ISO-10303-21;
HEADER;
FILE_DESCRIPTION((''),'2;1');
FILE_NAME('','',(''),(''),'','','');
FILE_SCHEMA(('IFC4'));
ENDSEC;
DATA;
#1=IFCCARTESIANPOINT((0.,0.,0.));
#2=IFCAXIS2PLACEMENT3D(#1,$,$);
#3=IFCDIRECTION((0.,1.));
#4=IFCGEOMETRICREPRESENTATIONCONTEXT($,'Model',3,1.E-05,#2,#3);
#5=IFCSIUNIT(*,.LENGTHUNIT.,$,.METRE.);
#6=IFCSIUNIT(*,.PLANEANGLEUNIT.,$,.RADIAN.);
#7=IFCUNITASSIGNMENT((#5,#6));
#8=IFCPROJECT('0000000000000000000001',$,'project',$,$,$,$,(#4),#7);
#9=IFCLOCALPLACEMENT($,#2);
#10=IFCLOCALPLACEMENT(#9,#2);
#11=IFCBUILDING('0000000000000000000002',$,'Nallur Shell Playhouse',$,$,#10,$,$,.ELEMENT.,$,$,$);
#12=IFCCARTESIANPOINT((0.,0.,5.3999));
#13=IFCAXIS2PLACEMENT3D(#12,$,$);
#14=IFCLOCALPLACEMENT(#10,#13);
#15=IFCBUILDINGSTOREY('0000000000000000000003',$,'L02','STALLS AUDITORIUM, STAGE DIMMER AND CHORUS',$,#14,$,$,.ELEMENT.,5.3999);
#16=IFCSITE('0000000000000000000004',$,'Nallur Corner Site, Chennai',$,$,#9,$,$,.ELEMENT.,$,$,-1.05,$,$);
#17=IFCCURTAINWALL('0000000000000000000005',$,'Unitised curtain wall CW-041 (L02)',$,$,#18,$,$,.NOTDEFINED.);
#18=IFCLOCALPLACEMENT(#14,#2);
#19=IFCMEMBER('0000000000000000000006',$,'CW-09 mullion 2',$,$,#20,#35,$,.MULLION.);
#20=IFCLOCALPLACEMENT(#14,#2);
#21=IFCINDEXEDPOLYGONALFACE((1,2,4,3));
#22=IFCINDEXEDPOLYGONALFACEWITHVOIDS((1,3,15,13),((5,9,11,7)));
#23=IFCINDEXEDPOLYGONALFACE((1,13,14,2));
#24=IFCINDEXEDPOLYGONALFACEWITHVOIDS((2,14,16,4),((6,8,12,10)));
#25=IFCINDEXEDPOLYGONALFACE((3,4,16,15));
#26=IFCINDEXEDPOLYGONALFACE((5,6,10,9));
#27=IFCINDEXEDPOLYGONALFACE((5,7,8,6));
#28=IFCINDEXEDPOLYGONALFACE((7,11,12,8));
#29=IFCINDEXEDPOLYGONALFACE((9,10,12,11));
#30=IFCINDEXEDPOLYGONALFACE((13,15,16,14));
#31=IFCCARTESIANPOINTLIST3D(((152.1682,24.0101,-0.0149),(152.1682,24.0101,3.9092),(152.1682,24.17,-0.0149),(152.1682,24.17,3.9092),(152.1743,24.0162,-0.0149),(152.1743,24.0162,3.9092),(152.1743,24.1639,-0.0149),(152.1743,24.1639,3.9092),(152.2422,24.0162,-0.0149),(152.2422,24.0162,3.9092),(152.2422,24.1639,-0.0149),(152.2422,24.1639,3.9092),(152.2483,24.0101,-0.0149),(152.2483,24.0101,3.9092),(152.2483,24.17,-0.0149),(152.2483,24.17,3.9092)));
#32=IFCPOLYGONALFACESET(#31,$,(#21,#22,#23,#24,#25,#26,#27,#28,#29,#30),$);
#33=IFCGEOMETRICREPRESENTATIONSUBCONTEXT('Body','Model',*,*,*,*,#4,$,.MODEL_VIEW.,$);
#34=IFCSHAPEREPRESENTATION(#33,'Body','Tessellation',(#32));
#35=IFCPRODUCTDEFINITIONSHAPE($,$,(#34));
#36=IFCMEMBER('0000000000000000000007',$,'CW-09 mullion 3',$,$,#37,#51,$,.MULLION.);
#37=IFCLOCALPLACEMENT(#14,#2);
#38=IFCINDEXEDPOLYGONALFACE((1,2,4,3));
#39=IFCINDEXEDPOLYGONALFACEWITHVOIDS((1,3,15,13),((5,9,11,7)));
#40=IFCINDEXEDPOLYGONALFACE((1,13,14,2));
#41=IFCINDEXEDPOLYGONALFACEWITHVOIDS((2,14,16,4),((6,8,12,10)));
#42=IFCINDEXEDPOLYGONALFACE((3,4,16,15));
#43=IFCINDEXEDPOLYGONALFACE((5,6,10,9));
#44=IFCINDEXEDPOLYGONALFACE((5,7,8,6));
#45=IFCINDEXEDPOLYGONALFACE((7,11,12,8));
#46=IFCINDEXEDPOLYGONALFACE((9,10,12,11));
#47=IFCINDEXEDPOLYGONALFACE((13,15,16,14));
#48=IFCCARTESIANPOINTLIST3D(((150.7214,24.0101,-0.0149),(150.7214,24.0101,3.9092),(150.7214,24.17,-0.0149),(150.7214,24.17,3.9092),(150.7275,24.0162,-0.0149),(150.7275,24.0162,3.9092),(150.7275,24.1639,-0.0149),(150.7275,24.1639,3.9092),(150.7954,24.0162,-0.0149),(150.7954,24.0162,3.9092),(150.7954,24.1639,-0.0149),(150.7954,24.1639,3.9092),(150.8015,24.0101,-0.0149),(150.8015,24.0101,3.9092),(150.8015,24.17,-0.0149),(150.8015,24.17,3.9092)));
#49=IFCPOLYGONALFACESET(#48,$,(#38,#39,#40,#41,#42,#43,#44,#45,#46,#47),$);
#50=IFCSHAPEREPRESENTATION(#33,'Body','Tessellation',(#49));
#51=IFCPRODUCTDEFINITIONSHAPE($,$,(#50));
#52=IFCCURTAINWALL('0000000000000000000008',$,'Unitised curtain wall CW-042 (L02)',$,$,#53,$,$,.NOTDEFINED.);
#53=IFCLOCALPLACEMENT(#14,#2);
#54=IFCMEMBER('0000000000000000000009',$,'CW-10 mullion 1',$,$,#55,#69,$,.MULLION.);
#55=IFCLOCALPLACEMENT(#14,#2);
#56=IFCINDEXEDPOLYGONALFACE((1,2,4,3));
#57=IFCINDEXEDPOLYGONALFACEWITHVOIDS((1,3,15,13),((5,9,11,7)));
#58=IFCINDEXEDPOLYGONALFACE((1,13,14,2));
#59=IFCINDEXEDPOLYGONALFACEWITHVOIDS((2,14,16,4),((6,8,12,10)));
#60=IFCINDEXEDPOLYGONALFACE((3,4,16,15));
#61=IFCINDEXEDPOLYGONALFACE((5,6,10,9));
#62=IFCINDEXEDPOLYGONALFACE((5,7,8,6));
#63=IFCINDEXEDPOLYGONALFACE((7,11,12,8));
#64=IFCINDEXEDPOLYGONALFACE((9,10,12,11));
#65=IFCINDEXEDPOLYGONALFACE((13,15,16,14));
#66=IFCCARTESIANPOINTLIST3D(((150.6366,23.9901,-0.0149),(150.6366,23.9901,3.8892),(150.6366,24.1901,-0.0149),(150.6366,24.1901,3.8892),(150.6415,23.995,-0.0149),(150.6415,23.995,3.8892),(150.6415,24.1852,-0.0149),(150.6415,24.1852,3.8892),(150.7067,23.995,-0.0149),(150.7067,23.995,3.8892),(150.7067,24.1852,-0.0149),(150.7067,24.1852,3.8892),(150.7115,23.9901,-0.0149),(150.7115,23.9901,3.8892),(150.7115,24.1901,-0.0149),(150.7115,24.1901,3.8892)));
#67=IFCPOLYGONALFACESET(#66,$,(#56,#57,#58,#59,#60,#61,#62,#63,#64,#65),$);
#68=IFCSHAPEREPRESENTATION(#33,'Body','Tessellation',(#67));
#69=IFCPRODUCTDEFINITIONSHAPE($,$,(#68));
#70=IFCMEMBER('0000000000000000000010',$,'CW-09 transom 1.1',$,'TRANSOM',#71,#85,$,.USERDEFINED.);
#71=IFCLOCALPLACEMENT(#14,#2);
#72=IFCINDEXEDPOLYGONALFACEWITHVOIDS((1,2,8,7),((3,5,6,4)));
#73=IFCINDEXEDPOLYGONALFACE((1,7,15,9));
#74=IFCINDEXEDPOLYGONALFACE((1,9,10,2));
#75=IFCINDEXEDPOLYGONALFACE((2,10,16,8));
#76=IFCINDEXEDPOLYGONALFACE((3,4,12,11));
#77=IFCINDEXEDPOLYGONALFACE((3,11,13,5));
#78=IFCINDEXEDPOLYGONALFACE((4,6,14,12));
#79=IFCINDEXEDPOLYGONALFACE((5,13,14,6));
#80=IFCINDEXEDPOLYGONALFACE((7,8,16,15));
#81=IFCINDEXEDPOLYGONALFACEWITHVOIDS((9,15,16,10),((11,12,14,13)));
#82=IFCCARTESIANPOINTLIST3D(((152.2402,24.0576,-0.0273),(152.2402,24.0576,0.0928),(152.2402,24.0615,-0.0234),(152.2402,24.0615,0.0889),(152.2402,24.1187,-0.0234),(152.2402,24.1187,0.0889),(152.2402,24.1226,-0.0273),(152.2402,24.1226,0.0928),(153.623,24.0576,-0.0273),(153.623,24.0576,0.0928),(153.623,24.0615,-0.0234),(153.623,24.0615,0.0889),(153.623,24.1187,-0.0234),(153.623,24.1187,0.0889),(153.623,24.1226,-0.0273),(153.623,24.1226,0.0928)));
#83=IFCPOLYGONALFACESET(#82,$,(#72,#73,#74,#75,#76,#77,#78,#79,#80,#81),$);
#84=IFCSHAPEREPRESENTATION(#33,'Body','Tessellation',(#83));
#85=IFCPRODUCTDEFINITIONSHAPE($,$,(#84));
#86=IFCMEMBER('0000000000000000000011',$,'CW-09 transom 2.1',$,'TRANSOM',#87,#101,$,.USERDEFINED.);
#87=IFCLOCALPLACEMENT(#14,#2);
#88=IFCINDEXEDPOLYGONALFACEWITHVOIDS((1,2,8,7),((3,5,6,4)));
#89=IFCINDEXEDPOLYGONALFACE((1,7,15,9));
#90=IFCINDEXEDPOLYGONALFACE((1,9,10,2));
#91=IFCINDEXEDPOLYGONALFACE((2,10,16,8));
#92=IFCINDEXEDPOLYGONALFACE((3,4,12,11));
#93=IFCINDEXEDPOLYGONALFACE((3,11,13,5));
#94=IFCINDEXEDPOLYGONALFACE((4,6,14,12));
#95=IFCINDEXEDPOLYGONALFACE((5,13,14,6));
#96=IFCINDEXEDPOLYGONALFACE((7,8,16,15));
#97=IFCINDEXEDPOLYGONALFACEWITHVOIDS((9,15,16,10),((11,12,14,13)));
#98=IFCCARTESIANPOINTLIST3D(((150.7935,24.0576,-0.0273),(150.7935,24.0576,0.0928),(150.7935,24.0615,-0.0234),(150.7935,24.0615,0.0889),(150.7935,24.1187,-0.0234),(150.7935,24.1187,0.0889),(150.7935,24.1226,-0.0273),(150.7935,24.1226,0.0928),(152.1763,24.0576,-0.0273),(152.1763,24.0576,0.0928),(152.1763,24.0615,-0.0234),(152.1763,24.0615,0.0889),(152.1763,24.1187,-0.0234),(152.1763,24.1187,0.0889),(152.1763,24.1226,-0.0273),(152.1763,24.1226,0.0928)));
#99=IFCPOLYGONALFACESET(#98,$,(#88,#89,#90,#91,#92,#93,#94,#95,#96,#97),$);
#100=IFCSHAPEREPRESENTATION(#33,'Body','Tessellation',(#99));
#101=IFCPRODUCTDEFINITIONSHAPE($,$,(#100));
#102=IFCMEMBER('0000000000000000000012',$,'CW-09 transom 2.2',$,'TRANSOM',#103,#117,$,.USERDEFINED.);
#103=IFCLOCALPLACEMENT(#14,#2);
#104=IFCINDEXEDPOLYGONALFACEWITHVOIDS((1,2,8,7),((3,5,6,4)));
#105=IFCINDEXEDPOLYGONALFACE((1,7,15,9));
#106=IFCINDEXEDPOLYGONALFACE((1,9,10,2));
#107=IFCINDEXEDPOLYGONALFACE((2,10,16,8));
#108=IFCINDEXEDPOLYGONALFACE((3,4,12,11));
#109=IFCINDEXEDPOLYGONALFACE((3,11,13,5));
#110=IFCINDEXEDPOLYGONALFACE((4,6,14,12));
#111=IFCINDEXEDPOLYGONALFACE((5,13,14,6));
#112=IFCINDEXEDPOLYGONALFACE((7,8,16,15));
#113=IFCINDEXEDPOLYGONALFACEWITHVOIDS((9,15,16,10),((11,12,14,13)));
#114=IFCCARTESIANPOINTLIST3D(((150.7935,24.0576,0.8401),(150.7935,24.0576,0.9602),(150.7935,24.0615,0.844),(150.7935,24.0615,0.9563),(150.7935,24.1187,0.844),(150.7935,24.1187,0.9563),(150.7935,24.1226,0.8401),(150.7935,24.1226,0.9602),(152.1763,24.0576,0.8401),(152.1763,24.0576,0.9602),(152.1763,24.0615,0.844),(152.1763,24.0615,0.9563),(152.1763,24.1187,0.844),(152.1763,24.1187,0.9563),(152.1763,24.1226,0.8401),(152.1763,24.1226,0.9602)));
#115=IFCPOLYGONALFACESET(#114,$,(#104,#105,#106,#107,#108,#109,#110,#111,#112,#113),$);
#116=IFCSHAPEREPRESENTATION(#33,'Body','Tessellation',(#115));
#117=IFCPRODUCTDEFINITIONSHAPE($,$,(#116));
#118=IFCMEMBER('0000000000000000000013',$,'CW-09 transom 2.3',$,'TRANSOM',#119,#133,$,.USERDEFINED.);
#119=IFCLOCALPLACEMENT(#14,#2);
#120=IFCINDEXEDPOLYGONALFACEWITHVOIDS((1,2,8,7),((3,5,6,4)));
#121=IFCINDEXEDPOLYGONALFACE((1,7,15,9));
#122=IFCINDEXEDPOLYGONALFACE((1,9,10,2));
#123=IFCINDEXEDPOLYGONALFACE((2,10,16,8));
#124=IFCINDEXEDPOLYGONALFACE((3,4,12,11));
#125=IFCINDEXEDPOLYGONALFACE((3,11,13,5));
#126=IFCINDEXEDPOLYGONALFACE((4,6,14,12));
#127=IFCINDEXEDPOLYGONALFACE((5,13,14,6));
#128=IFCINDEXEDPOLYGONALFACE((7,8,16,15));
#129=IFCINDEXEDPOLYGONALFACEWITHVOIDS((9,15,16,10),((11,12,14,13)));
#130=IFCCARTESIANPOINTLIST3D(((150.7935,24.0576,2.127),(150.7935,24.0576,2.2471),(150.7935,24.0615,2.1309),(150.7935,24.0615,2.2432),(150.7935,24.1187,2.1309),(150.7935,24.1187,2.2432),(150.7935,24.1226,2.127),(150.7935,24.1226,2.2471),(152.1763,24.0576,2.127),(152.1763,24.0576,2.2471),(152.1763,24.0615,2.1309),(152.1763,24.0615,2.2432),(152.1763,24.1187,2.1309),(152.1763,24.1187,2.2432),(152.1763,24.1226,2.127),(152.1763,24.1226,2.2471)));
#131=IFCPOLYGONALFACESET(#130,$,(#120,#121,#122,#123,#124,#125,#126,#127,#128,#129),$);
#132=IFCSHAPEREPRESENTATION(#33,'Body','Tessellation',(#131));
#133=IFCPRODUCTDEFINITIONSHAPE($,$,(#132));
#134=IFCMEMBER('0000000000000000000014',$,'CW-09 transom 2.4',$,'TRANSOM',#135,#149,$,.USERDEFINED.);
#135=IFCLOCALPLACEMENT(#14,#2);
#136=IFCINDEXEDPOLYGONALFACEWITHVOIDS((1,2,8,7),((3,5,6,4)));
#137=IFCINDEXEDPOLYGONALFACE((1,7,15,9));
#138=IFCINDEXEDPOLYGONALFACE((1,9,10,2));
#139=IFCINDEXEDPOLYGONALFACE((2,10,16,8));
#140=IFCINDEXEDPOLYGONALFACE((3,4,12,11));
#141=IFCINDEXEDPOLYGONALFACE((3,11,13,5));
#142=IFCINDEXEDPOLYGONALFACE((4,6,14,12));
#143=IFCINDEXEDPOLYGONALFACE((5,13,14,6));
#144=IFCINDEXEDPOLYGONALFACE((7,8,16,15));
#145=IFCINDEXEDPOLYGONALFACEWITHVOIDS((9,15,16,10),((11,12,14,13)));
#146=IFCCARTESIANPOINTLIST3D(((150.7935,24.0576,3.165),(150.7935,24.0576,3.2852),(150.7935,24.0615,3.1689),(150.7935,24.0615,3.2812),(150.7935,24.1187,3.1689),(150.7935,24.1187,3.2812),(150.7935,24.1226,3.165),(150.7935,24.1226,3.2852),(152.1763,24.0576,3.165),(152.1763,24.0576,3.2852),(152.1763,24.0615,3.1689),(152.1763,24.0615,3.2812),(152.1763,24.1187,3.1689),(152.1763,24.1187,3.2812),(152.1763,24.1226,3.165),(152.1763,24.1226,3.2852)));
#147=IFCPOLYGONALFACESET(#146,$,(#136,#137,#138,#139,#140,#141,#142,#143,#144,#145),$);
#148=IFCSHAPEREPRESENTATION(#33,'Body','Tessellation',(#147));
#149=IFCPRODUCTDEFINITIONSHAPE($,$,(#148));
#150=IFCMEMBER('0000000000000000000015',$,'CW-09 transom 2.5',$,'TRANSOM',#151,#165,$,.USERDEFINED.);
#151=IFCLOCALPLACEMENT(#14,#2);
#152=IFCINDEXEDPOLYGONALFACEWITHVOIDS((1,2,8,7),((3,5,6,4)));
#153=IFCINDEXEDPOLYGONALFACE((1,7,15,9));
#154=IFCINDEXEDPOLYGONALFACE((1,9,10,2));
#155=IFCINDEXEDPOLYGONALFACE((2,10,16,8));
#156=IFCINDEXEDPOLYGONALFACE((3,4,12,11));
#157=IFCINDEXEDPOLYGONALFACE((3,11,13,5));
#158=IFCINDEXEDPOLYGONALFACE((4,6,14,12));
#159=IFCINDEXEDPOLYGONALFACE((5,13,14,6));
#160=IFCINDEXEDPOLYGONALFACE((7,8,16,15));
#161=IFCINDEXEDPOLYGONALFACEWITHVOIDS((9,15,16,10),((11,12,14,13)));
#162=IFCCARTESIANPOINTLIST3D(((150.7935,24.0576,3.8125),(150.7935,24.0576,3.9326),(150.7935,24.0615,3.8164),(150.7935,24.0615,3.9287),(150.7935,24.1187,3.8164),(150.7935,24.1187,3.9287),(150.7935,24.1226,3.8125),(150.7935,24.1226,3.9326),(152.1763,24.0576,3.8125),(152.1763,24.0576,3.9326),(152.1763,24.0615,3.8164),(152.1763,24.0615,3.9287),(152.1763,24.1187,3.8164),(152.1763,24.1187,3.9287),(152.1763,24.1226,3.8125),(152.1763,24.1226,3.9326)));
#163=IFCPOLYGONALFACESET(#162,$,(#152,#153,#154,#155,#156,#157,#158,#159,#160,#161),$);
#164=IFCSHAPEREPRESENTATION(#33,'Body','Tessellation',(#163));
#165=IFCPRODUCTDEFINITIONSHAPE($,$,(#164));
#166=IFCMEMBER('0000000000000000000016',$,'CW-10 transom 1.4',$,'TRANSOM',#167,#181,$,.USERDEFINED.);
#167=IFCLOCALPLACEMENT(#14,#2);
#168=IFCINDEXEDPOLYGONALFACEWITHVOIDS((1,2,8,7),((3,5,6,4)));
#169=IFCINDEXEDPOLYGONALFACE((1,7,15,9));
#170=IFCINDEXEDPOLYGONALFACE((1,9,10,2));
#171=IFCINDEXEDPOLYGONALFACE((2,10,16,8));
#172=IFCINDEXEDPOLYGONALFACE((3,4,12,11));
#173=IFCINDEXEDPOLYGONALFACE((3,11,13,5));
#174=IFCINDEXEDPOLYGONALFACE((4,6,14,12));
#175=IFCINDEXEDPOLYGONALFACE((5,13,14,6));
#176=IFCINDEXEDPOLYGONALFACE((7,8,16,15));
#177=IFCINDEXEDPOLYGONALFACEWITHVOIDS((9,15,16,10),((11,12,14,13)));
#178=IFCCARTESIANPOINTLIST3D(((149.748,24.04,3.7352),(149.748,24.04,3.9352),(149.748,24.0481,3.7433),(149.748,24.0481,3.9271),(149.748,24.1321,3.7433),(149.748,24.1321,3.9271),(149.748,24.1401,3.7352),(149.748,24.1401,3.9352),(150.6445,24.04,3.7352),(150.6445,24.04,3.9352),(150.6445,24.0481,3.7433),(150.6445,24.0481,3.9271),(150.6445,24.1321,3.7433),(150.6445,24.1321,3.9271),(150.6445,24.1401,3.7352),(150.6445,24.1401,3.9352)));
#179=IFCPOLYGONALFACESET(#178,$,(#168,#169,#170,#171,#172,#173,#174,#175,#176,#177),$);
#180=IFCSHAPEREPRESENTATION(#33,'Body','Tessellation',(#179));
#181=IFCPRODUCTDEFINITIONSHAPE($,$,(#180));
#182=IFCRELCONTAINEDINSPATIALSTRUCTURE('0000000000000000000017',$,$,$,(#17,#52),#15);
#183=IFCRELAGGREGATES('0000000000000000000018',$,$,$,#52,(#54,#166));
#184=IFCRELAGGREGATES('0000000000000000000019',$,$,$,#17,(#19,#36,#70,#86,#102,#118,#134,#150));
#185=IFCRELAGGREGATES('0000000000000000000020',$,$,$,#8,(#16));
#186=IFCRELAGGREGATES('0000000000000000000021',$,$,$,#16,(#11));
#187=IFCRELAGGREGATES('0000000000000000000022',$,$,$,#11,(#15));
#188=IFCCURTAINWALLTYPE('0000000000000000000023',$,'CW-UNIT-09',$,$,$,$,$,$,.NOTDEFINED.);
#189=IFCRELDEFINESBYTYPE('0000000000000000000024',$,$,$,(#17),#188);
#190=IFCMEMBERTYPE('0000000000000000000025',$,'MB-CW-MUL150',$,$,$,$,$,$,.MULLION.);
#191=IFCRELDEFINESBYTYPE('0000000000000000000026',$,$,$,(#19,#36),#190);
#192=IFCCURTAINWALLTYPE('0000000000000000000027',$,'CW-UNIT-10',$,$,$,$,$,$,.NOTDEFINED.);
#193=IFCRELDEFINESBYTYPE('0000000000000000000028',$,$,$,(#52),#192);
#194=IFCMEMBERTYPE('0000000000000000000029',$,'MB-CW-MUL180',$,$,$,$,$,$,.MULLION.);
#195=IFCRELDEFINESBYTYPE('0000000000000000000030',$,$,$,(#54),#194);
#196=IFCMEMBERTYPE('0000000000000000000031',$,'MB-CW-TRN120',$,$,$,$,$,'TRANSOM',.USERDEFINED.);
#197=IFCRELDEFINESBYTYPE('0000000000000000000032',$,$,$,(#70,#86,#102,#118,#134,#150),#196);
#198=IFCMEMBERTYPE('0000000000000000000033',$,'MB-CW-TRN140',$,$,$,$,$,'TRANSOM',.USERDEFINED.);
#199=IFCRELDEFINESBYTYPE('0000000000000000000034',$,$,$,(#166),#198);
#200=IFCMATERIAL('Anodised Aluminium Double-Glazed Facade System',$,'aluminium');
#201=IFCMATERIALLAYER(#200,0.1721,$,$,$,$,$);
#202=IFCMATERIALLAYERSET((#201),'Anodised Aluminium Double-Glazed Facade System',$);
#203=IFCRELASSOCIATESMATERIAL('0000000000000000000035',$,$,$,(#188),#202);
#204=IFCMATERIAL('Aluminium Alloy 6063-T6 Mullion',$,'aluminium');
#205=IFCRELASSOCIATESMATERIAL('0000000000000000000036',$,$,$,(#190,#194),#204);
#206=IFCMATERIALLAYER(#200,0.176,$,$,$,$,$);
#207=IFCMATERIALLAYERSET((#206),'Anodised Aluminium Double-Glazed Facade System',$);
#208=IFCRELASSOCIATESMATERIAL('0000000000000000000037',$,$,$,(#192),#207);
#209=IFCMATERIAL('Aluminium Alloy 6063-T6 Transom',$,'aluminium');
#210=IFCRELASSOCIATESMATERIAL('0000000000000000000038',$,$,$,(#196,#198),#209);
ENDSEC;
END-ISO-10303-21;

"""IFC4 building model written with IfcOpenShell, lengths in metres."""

from ifc_helpers import new_model, si_unit, direction, frame, origin, origin_2d, place, context, subcontext, project, spatial, hollow_rectangle, extrude, material, layer, layer_set, material_profile, profile_set, type_object, element, aggregate, save


model = new_model("IFC4")

# Units and contexts
model_context = context("Model", 3, precision=1e-05, world=origin(), true_north=direction((0.0, 1.0)))
body_context = subcontext(model_context, "Body", "Model", "MODEL_VIEW")
ifc_project = project(units=[si_unit("LENGTHUNIT", "METRE"), si_unit("PLANEANGLEUNIT", "RADIAN")], contexts=[model_context])

# Site, building, storey
site_placement = place(None, origin())
site = spatial("IfcSite", under=ifc_project, at=site_placement, Name="Nallur Corner Site, Chennai", CompositionType="ELEMENT", RefElevation=-1.05)
building_placement = place(site_placement, origin())
building = spatial("IfcBuilding", under=site, at=building_placement, Name="Nallur Shell Playhouse", CompositionType="ELEMENT")
storey_placement = place(building_placement, frame((0.0, 0.0, 5.3999)))
storey = spatial("IfcBuildingStorey", under=building, at=storey_placement, Name="L02", Description="STALLS AUDITORIUM, STAGE DIMMER AND CHORUS", CompositionType="ELEMENT", Elevation=5.3999)

# Curtain wall, members
ifc_material_1 = material(Name="Anodised Aluminium Double-Glazed Facade System", Category="aluminium")
ifc_layer_1 = layer(ifc_material_1, 0.1721)
ifc_layer_set_1 = layer_set([ifc_layer_1], Name="Anodised Aluminium Double-Glazed Facade System")
curtain_wall_type_1 = type_object("IfcCurtainWallType", Name="CW-UNIT-09", PredefinedType="NOTDEFINED", material=ifc_layer_set_1)
curtain_wall_1_placement = place(storey_placement, origin())
curtain_wall_1 = element("IfcCurtainWall", 1, at=curtain_wall_1_placement, inside=storey, type_object=curtain_wall_type_1, Name="Unitised curtain wall CW-041 (L02)", PredefinedType="NOTDEFINED")
ifc_material_2 = material(Name="Aluminium Alloy 6063-T6 Mullion", Category="aluminium")
ifc_material_profile_1 = material_profile(ifc_material_2, hollow_rectangle(XDim=0.0801, YDim=0.1599, WallThickness=0.0061, at=origin_2d()), Name="RHS 160x80x6")
ifc_profile_set_1 = profile_set([ifc_material_profile_1], Name="Aluminium Alloy 6063-T6 Mullion")
member_type_1 = type_object("IfcMemberType", Name="MB-CW-MUL150", PredefinedType="MULLION", material=ifc_profile_set_1)
member_1_placement = place(storey_placement, frame((152.2083, 24.0901, -0.0149), z_axis=(0.0, 0.0, 1.0), x_axis=(-1.0, 0.0, 0.0)))
member_1 = element("IfcMember", 2, at=member_1_placement, type_object=member_type_1, Name="CW-09 mullion 2", PredefinedType="MULLION", context=body_context, shape_type="SweptSolid", body=[
    extrude(hollow_rectangle(XDim=0.0801, YDim=0.1599, WallThickness=0.0061, at=origin_2d()), origin(), (0.0, 0.0, 1.0), 3.9241),
])
member_2_placement = place(storey_placement, frame((150.7615, 24.0901, -0.0149), z_axis=(0.0, 0.0, 1.0), x_axis=(-1.0, 0.0, 0.0)))
member_2 = element("IfcMember", 3, at=member_2_placement, type_object=member_type_1, Name="CW-09 mullion 3", PredefinedType="MULLION", context=body_context, shape_type="SweptSolid", body=[
    extrude(hollow_rectangle(XDim=0.0801, YDim=0.1599, WallThickness=0.0061, at=origin_2d()), origin(), (0.0, 0.0, 1.0), 3.9241),
])

# Curtain wall, member
ifc_layer_2 = layer(ifc_material_1, 0.176)
ifc_layer_set_2 = layer_set([ifc_layer_2], Name="Anodised Aluminium Double-Glazed Facade System")
curtain_wall_type_2 = type_object("IfcCurtainWallType", Name="CW-UNIT-10", PredefinedType="NOTDEFINED", material=ifc_layer_set_2)
curtain_wall_2_placement = place(storey_placement, origin())
curtain_wall_2 = element("IfcCurtainWall", 4, at=curtain_wall_2_placement, inside=storey, type_object=curtain_wall_type_2, Name="Unitised curtain wall CW-042 (L02)", PredefinedType="NOTDEFINED")
ifc_material_profile_2 = material_profile(ifc_material_2, hollow_rectangle(XDim=0.075, YDim=0.2, WallThickness=0.0049, at=origin_2d()), Name="ALU 75x200x5")
ifc_profile_set_2 = profile_set([ifc_material_profile_2], Name="Aluminium Alloy 6063-T6 Mullion")
member_type_2 = type_object("IfcMemberType", Name="MB-CW-MUL180", PredefinedType="MULLION", material=ifc_profile_set_2)
member_3_placement = place(storey_placement, frame((150.6741, 24.0901, -0.0149), z_axis=(0.0, 0.0, 1.0), x_axis=(-1.0, 0.0, 0.0)))
member_3 = element("IfcMember", 5, at=member_3_placement, type_object=member_type_2, Name="CW-10 mullion 1", PredefinedType="MULLION", context=body_context, shape_type="SweptSolid", body=[
    extrude(hollow_rectangle(XDim=0.075, YDim=0.2, WallThickness=0.0049, at=origin_2d()), origin(), (0.0, 0.0, 1.0), 3.9041),
])

# Members
ifc_material_3 = material(Name="Aluminium Alloy 6063-T6 Transom", Category="aluminium")
ifc_material_profile_3 = material_profile(ifc_material_3, hollow_rectangle(XDim=0.0649, YDim=0.1201, WallThickness=0.0039, at=origin_2d()), Name="ALU 65x120x4")
ifc_profile_set_3 = profile_set([ifc_material_profile_3], Name="Aluminium Alloy 6063-T6 Transom")
member_type_3 = type_object("IfcMemberType", Name="MB-CW-TRN120", ElementType="TRANSOM", PredefinedType="USERDEFINED", material=ifc_profile_set_3)
member_4_placement = place(storey_placement, frame((153.623, 24.0901, 0.0327), z_axis=(-1.0, 0.0, 0.0), x_axis=(0.0, -1.0, 0.0)))
member_4 = element("IfcMember", 6, at=member_4_placement, type_object=member_type_3, Name="CW-09 transom 1.1", ObjectType="TRANSOM", PredefinedType="USERDEFINED", context=body_context, shape_type="SweptSolid", body=[
    extrude(hollow_rectangle(XDim=0.0649, YDim=0.1201, WallThickness=0.0039, at=origin_2d()), origin(), (0.0, 0.0, 1.0), 1.3828),
])
member_5_placement = place(storey_placement, frame((152.1763, 24.0901, 0.0327), z_axis=(-1.0, 0.0, 0.0), x_axis=(0.0, -1.0, 0.0)))
member_5 = element("IfcMember", 7, at=member_5_placement, type_object=member_type_3, Name="CW-09 transom 2.1", ObjectType="TRANSOM", PredefinedType="USERDEFINED", context=body_context, shape_type="SweptSolid", body=[
    extrude(hollow_rectangle(XDim=0.0649, YDim=0.1201, WallThickness=0.0039, at=origin_2d()), origin(), (0.0, 0.0, 1.0), 1.3828),
])
member_6_placement = place(storey_placement, frame((152.1763, 24.0901, 0.9001), z_axis=(-1.0, 0.0, 0.0), x_axis=(0.0, -1.0, 0.0)))
member_6 = element("IfcMember", 8, at=member_6_placement, type_object=member_type_3, Name="CW-09 transom 2.2", ObjectType="TRANSOM", PredefinedType="USERDEFINED", context=body_context, shape_type="SweptSolid", body=[
    extrude(hollow_rectangle(XDim=0.0649, YDim=0.1201, WallThickness=0.0039, at=origin_2d()), origin(), (0.0, 0.0, 1.0), 1.3828),
])
member_7_placement = place(storey_placement, frame((152.1763, 24.0901, 2.187), z_axis=(-1.0, 0.0, 0.0), x_axis=(0.0, -1.0, 0.0)))
member_7 = element("IfcMember", 9, at=member_7_placement, type_object=member_type_3, Name="CW-09 transom 2.3", ObjectType="TRANSOM", PredefinedType="USERDEFINED", context=body_context, shape_type="SweptSolid", body=[
    extrude(hollow_rectangle(XDim=0.0649, YDim=0.1201, WallThickness=0.0039, at=origin_2d()), origin(), (0.0, 0.0, 1.0), 1.3828),
])
member_8_placement = place(storey_placement, frame((152.1763, 24.0901, 3.2251), z_axis=(-1.0, 0.0, 0.0), x_axis=(0.0, -1.0, 0.0)))
member_8 = element("IfcMember", 10, at=member_8_placement, type_object=member_type_3, Name="CW-09 transom 2.4", ObjectType="TRANSOM", PredefinedType="USERDEFINED", context=body_context, shape_type="SweptSolid", body=[
    extrude(hollow_rectangle(XDim=0.0649, YDim=0.1201, WallThickness=0.0039, at=origin_2d()), origin(), (0.0, 0.0, 1.0), 1.3828),
])
member_9_placement = place(storey_placement, frame((152.1763, 24.0901, 3.8726), z_axis=(-1.0, 0.0, 0.0), x_axis=(0.0, -1.0, 0.0)))
member_9 = element("IfcMember", 11, at=member_9_placement, type_object=member_type_3, Name="CW-09 transom 2.5", ObjectType="TRANSOM", PredefinedType="USERDEFINED", context=body_context, shape_type="SweptSolid", body=[
    extrude(hollow_rectangle(XDim=0.0649, YDim=0.1201, WallThickness=0.0039, at=origin_2d()), origin(), (0.0, 0.0, 1.0), 1.3828),
])
ifc_material_profile_4 = material_profile(ifc_material_3, hollow_rectangle(XDim=0.1001, YDim=0.2, WallThickness=0.0081, at=origin_2d()), Name="RHS 200x100x8")
ifc_profile_set_4 = profile_set([ifc_material_profile_4], Name="Aluminium Alloy 6063-T6 Transom")
member_type_4 = type_object("IfcMemberType", Name="MB-CW-TRN140", ElementType="TRANSOM", PredefinedType="USERDEFINED", material=ifc_profile_set_4)
member_10_placement = place(storey_placement, frame((150.6445, 24.0901, 3.8352), z_axis=(-1.0, 0.0, 0.0), x_axis=(0.0, -1.0, 0.0)))
member_10 = element("IfcMember", 12, at=member_10_placement, type_object=member_type_4, Name="CW-10 transom 1.4", ObjectType="TRANSOM", PredefinedType="USERDEFINED", context=body_context, shape_type="SweptSolid", body=[
    extrude(hollow_rectangle(XDim=0.1001, YDim=0.2, WallThickness=0.0081, at=origin_2d()), origin(), (0.0, 0.0, 1.0), 0.8965),
])
aggregate(curtain_wall_2, [member_3, member_10])

aggregate(curtain_wall_1, [member_1, member_2, member_4, member_5, member_6, member_7, member_8, member_9])

save(model, "model.ifc")
